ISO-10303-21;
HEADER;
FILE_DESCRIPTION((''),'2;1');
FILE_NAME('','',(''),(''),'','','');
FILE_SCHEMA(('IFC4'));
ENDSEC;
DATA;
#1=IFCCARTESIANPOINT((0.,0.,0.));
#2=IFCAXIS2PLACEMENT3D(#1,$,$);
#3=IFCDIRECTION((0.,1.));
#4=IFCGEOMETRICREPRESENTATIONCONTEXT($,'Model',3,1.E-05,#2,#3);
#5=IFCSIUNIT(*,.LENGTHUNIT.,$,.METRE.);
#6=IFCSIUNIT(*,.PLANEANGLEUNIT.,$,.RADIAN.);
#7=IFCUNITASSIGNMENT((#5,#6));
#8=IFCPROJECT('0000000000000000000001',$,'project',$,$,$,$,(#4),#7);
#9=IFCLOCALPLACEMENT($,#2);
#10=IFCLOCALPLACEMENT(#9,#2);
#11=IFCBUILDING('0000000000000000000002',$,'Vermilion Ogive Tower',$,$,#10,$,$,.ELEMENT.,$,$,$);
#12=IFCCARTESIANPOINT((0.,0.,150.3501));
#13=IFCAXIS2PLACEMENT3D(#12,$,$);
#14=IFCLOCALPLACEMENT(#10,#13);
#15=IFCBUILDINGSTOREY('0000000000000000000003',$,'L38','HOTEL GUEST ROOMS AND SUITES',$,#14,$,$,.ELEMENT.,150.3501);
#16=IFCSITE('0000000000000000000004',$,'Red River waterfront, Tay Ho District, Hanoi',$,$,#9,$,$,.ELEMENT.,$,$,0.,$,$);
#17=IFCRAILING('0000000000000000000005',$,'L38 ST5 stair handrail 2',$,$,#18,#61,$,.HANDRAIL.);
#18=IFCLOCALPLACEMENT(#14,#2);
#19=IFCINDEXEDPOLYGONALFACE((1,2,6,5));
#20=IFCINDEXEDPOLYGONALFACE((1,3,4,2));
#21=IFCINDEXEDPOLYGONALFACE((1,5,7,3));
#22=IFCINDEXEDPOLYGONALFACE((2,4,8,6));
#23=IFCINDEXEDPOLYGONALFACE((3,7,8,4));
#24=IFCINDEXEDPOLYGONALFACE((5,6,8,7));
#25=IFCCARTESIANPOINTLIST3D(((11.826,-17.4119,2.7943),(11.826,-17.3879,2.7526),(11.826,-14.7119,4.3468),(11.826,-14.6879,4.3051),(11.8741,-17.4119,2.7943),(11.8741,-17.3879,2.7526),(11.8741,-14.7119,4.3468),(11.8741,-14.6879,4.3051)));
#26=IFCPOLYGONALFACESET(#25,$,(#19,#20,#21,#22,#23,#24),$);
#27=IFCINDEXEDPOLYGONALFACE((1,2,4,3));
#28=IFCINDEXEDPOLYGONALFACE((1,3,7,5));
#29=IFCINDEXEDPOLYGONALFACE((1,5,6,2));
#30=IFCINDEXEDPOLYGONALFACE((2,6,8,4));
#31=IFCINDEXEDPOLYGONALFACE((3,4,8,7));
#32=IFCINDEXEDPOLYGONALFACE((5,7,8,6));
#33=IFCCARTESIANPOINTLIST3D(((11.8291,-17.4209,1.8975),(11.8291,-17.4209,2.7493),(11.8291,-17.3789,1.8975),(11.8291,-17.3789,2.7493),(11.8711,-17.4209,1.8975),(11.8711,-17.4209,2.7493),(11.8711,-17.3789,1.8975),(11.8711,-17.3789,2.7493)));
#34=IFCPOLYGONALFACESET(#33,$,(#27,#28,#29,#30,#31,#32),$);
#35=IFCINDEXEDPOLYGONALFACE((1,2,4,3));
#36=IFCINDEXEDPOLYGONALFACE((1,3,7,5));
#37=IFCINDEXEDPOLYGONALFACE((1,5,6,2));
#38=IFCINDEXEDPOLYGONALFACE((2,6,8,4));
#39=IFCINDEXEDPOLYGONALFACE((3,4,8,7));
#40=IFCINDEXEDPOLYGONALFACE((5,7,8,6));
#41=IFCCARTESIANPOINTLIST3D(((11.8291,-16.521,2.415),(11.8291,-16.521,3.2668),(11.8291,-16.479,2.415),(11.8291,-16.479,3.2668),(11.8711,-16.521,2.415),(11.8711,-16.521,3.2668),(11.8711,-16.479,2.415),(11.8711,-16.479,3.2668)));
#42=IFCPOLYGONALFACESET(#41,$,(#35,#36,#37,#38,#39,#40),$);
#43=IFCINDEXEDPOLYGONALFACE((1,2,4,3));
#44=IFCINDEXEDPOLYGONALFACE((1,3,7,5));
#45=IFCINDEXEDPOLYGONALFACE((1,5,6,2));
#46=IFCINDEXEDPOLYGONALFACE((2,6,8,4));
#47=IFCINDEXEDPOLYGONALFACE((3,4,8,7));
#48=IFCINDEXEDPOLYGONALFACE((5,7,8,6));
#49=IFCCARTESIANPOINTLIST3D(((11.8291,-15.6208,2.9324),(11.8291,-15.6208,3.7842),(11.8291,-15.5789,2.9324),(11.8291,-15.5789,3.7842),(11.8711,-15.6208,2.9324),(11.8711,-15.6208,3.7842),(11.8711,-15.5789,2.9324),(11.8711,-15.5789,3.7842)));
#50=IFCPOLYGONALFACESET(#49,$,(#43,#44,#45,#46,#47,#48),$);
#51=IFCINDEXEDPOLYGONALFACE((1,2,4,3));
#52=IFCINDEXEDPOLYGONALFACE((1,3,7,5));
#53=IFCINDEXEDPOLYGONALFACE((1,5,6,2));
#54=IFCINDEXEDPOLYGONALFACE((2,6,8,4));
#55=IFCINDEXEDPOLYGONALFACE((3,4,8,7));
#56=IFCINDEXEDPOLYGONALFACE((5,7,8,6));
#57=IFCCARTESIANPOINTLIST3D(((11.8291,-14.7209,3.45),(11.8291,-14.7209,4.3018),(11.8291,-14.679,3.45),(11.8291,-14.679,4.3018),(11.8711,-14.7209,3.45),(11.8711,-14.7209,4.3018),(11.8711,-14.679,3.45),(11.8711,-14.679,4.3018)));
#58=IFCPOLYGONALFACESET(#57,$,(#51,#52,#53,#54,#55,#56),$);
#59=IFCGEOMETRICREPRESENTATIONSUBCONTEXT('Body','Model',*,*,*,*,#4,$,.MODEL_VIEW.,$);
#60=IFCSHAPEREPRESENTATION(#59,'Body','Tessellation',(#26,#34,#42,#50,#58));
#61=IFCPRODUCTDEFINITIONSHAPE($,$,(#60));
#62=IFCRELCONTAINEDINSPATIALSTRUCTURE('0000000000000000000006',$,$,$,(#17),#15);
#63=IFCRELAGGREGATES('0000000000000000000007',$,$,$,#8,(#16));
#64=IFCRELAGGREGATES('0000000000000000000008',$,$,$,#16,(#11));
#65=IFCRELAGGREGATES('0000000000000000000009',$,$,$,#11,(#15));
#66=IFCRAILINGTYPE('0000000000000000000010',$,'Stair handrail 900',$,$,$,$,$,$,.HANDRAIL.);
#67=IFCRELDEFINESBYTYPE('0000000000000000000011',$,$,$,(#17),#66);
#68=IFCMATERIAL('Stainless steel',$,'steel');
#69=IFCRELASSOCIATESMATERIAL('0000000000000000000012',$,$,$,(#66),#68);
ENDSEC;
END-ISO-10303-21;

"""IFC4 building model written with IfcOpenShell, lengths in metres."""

from ifc_helpers import new_model, si_unit, direction, frame, origin, origin_2d, place, context, subcontext, project, spatial, rectangle, extrude, material, type_object, element, save


model = new_model("IFC4")

# Units and contexts
model_context = context("Model", 3, precision=1e-05, world=origin(), true_north=direction((0.0, 1.0)))
body_context = subcontext(model_context, "Body", "Model", "MODEL_VIEW")
ifc_project = project(units=[si_unit("LENGTHUNIT", "METRE"), si_unit("PLANEANGLEUNIT", "RADIAN")], contexts=[model_context])

# Site, building, storey
site_placement = place(None, origin())
site = spatial("IfcSite", under=ifc_project, at=site_placement, Name="Red River waterfront, Tay Ho District, Hanoi", CompositionType="ELEMENT", RefElevation=0.0)
building_placement = place(site_placement, origin())
building = spatial("IfcBuilding", under=site, at=building_placement, Name="Vermilion Ogive Tower", CompositionType="ELEMENT")
storey_placement = place(building_placement, frame((0.0, 0.0, 150.3501)))
storey = spatial("IfcBuildingStorey", under=building, at=storey_placement, Name="L38", Description="HOTEL GUEST ROOMS AND SUITES", CompositionType="ELEMENT", Elevation=150.3501)

# Railing
ifc_material_1 = material(Name="Stainless steel", Category="steel")
railing_type_1 = type_object("IfcRailingType", Name="Stair handrail 900", PredefinedType="HANDRAIL", material=ifc_material_1)
railing_1_placement = place(storey_placement, frame((11.8501, -17.3999, 1.8975)))
element("IfcRailing", 1, at=railing_1_placement, inside=storey, type_object=railing_type_1, Name="L38 ST5 stair handrail 2", PredefinedType="HANDRAIL", context=body_context, shape_type="SweptSolid", body=[
    extrude(rectangle(XDim=0.0481, YDim=0.0481, at=origin_2d()), frame((0.0, 0.0, 0.876), z_axis=(0.0, 0.866904, 0.498476), x_axis=(-1.0, 0.0, 0.0)), (0.0, 0.0, 1.0), 3.1145),
    extrude(rectangle(XDim=0.042, YDim=0.042, at=origin_2d()), origin(), (0.0, 0.0, 1.0), 0.8518),
    extrude(rectangle(XDim=0.042, YDim=0.042, at=origin_2d()), frame((0.0, 0.8999, 0.5176)), (0.0, 0.0, 1.0), 0.8518),
    extrude(rectangle(XDim=0.042, YDim=0.042, at=origin_2d()), frame((0.0, 1.8, 1.0349)), (0.0, 0.0, 1.0), 0.8518),
    extrude(rectangle(XDim=0.042, YDim=0.042, at=origin_2d()), frame((0.0, 2.7, 1.5525)), (0.0, 0.0, 1.0), 0.8518),
])

save(model, "model.ifc")
